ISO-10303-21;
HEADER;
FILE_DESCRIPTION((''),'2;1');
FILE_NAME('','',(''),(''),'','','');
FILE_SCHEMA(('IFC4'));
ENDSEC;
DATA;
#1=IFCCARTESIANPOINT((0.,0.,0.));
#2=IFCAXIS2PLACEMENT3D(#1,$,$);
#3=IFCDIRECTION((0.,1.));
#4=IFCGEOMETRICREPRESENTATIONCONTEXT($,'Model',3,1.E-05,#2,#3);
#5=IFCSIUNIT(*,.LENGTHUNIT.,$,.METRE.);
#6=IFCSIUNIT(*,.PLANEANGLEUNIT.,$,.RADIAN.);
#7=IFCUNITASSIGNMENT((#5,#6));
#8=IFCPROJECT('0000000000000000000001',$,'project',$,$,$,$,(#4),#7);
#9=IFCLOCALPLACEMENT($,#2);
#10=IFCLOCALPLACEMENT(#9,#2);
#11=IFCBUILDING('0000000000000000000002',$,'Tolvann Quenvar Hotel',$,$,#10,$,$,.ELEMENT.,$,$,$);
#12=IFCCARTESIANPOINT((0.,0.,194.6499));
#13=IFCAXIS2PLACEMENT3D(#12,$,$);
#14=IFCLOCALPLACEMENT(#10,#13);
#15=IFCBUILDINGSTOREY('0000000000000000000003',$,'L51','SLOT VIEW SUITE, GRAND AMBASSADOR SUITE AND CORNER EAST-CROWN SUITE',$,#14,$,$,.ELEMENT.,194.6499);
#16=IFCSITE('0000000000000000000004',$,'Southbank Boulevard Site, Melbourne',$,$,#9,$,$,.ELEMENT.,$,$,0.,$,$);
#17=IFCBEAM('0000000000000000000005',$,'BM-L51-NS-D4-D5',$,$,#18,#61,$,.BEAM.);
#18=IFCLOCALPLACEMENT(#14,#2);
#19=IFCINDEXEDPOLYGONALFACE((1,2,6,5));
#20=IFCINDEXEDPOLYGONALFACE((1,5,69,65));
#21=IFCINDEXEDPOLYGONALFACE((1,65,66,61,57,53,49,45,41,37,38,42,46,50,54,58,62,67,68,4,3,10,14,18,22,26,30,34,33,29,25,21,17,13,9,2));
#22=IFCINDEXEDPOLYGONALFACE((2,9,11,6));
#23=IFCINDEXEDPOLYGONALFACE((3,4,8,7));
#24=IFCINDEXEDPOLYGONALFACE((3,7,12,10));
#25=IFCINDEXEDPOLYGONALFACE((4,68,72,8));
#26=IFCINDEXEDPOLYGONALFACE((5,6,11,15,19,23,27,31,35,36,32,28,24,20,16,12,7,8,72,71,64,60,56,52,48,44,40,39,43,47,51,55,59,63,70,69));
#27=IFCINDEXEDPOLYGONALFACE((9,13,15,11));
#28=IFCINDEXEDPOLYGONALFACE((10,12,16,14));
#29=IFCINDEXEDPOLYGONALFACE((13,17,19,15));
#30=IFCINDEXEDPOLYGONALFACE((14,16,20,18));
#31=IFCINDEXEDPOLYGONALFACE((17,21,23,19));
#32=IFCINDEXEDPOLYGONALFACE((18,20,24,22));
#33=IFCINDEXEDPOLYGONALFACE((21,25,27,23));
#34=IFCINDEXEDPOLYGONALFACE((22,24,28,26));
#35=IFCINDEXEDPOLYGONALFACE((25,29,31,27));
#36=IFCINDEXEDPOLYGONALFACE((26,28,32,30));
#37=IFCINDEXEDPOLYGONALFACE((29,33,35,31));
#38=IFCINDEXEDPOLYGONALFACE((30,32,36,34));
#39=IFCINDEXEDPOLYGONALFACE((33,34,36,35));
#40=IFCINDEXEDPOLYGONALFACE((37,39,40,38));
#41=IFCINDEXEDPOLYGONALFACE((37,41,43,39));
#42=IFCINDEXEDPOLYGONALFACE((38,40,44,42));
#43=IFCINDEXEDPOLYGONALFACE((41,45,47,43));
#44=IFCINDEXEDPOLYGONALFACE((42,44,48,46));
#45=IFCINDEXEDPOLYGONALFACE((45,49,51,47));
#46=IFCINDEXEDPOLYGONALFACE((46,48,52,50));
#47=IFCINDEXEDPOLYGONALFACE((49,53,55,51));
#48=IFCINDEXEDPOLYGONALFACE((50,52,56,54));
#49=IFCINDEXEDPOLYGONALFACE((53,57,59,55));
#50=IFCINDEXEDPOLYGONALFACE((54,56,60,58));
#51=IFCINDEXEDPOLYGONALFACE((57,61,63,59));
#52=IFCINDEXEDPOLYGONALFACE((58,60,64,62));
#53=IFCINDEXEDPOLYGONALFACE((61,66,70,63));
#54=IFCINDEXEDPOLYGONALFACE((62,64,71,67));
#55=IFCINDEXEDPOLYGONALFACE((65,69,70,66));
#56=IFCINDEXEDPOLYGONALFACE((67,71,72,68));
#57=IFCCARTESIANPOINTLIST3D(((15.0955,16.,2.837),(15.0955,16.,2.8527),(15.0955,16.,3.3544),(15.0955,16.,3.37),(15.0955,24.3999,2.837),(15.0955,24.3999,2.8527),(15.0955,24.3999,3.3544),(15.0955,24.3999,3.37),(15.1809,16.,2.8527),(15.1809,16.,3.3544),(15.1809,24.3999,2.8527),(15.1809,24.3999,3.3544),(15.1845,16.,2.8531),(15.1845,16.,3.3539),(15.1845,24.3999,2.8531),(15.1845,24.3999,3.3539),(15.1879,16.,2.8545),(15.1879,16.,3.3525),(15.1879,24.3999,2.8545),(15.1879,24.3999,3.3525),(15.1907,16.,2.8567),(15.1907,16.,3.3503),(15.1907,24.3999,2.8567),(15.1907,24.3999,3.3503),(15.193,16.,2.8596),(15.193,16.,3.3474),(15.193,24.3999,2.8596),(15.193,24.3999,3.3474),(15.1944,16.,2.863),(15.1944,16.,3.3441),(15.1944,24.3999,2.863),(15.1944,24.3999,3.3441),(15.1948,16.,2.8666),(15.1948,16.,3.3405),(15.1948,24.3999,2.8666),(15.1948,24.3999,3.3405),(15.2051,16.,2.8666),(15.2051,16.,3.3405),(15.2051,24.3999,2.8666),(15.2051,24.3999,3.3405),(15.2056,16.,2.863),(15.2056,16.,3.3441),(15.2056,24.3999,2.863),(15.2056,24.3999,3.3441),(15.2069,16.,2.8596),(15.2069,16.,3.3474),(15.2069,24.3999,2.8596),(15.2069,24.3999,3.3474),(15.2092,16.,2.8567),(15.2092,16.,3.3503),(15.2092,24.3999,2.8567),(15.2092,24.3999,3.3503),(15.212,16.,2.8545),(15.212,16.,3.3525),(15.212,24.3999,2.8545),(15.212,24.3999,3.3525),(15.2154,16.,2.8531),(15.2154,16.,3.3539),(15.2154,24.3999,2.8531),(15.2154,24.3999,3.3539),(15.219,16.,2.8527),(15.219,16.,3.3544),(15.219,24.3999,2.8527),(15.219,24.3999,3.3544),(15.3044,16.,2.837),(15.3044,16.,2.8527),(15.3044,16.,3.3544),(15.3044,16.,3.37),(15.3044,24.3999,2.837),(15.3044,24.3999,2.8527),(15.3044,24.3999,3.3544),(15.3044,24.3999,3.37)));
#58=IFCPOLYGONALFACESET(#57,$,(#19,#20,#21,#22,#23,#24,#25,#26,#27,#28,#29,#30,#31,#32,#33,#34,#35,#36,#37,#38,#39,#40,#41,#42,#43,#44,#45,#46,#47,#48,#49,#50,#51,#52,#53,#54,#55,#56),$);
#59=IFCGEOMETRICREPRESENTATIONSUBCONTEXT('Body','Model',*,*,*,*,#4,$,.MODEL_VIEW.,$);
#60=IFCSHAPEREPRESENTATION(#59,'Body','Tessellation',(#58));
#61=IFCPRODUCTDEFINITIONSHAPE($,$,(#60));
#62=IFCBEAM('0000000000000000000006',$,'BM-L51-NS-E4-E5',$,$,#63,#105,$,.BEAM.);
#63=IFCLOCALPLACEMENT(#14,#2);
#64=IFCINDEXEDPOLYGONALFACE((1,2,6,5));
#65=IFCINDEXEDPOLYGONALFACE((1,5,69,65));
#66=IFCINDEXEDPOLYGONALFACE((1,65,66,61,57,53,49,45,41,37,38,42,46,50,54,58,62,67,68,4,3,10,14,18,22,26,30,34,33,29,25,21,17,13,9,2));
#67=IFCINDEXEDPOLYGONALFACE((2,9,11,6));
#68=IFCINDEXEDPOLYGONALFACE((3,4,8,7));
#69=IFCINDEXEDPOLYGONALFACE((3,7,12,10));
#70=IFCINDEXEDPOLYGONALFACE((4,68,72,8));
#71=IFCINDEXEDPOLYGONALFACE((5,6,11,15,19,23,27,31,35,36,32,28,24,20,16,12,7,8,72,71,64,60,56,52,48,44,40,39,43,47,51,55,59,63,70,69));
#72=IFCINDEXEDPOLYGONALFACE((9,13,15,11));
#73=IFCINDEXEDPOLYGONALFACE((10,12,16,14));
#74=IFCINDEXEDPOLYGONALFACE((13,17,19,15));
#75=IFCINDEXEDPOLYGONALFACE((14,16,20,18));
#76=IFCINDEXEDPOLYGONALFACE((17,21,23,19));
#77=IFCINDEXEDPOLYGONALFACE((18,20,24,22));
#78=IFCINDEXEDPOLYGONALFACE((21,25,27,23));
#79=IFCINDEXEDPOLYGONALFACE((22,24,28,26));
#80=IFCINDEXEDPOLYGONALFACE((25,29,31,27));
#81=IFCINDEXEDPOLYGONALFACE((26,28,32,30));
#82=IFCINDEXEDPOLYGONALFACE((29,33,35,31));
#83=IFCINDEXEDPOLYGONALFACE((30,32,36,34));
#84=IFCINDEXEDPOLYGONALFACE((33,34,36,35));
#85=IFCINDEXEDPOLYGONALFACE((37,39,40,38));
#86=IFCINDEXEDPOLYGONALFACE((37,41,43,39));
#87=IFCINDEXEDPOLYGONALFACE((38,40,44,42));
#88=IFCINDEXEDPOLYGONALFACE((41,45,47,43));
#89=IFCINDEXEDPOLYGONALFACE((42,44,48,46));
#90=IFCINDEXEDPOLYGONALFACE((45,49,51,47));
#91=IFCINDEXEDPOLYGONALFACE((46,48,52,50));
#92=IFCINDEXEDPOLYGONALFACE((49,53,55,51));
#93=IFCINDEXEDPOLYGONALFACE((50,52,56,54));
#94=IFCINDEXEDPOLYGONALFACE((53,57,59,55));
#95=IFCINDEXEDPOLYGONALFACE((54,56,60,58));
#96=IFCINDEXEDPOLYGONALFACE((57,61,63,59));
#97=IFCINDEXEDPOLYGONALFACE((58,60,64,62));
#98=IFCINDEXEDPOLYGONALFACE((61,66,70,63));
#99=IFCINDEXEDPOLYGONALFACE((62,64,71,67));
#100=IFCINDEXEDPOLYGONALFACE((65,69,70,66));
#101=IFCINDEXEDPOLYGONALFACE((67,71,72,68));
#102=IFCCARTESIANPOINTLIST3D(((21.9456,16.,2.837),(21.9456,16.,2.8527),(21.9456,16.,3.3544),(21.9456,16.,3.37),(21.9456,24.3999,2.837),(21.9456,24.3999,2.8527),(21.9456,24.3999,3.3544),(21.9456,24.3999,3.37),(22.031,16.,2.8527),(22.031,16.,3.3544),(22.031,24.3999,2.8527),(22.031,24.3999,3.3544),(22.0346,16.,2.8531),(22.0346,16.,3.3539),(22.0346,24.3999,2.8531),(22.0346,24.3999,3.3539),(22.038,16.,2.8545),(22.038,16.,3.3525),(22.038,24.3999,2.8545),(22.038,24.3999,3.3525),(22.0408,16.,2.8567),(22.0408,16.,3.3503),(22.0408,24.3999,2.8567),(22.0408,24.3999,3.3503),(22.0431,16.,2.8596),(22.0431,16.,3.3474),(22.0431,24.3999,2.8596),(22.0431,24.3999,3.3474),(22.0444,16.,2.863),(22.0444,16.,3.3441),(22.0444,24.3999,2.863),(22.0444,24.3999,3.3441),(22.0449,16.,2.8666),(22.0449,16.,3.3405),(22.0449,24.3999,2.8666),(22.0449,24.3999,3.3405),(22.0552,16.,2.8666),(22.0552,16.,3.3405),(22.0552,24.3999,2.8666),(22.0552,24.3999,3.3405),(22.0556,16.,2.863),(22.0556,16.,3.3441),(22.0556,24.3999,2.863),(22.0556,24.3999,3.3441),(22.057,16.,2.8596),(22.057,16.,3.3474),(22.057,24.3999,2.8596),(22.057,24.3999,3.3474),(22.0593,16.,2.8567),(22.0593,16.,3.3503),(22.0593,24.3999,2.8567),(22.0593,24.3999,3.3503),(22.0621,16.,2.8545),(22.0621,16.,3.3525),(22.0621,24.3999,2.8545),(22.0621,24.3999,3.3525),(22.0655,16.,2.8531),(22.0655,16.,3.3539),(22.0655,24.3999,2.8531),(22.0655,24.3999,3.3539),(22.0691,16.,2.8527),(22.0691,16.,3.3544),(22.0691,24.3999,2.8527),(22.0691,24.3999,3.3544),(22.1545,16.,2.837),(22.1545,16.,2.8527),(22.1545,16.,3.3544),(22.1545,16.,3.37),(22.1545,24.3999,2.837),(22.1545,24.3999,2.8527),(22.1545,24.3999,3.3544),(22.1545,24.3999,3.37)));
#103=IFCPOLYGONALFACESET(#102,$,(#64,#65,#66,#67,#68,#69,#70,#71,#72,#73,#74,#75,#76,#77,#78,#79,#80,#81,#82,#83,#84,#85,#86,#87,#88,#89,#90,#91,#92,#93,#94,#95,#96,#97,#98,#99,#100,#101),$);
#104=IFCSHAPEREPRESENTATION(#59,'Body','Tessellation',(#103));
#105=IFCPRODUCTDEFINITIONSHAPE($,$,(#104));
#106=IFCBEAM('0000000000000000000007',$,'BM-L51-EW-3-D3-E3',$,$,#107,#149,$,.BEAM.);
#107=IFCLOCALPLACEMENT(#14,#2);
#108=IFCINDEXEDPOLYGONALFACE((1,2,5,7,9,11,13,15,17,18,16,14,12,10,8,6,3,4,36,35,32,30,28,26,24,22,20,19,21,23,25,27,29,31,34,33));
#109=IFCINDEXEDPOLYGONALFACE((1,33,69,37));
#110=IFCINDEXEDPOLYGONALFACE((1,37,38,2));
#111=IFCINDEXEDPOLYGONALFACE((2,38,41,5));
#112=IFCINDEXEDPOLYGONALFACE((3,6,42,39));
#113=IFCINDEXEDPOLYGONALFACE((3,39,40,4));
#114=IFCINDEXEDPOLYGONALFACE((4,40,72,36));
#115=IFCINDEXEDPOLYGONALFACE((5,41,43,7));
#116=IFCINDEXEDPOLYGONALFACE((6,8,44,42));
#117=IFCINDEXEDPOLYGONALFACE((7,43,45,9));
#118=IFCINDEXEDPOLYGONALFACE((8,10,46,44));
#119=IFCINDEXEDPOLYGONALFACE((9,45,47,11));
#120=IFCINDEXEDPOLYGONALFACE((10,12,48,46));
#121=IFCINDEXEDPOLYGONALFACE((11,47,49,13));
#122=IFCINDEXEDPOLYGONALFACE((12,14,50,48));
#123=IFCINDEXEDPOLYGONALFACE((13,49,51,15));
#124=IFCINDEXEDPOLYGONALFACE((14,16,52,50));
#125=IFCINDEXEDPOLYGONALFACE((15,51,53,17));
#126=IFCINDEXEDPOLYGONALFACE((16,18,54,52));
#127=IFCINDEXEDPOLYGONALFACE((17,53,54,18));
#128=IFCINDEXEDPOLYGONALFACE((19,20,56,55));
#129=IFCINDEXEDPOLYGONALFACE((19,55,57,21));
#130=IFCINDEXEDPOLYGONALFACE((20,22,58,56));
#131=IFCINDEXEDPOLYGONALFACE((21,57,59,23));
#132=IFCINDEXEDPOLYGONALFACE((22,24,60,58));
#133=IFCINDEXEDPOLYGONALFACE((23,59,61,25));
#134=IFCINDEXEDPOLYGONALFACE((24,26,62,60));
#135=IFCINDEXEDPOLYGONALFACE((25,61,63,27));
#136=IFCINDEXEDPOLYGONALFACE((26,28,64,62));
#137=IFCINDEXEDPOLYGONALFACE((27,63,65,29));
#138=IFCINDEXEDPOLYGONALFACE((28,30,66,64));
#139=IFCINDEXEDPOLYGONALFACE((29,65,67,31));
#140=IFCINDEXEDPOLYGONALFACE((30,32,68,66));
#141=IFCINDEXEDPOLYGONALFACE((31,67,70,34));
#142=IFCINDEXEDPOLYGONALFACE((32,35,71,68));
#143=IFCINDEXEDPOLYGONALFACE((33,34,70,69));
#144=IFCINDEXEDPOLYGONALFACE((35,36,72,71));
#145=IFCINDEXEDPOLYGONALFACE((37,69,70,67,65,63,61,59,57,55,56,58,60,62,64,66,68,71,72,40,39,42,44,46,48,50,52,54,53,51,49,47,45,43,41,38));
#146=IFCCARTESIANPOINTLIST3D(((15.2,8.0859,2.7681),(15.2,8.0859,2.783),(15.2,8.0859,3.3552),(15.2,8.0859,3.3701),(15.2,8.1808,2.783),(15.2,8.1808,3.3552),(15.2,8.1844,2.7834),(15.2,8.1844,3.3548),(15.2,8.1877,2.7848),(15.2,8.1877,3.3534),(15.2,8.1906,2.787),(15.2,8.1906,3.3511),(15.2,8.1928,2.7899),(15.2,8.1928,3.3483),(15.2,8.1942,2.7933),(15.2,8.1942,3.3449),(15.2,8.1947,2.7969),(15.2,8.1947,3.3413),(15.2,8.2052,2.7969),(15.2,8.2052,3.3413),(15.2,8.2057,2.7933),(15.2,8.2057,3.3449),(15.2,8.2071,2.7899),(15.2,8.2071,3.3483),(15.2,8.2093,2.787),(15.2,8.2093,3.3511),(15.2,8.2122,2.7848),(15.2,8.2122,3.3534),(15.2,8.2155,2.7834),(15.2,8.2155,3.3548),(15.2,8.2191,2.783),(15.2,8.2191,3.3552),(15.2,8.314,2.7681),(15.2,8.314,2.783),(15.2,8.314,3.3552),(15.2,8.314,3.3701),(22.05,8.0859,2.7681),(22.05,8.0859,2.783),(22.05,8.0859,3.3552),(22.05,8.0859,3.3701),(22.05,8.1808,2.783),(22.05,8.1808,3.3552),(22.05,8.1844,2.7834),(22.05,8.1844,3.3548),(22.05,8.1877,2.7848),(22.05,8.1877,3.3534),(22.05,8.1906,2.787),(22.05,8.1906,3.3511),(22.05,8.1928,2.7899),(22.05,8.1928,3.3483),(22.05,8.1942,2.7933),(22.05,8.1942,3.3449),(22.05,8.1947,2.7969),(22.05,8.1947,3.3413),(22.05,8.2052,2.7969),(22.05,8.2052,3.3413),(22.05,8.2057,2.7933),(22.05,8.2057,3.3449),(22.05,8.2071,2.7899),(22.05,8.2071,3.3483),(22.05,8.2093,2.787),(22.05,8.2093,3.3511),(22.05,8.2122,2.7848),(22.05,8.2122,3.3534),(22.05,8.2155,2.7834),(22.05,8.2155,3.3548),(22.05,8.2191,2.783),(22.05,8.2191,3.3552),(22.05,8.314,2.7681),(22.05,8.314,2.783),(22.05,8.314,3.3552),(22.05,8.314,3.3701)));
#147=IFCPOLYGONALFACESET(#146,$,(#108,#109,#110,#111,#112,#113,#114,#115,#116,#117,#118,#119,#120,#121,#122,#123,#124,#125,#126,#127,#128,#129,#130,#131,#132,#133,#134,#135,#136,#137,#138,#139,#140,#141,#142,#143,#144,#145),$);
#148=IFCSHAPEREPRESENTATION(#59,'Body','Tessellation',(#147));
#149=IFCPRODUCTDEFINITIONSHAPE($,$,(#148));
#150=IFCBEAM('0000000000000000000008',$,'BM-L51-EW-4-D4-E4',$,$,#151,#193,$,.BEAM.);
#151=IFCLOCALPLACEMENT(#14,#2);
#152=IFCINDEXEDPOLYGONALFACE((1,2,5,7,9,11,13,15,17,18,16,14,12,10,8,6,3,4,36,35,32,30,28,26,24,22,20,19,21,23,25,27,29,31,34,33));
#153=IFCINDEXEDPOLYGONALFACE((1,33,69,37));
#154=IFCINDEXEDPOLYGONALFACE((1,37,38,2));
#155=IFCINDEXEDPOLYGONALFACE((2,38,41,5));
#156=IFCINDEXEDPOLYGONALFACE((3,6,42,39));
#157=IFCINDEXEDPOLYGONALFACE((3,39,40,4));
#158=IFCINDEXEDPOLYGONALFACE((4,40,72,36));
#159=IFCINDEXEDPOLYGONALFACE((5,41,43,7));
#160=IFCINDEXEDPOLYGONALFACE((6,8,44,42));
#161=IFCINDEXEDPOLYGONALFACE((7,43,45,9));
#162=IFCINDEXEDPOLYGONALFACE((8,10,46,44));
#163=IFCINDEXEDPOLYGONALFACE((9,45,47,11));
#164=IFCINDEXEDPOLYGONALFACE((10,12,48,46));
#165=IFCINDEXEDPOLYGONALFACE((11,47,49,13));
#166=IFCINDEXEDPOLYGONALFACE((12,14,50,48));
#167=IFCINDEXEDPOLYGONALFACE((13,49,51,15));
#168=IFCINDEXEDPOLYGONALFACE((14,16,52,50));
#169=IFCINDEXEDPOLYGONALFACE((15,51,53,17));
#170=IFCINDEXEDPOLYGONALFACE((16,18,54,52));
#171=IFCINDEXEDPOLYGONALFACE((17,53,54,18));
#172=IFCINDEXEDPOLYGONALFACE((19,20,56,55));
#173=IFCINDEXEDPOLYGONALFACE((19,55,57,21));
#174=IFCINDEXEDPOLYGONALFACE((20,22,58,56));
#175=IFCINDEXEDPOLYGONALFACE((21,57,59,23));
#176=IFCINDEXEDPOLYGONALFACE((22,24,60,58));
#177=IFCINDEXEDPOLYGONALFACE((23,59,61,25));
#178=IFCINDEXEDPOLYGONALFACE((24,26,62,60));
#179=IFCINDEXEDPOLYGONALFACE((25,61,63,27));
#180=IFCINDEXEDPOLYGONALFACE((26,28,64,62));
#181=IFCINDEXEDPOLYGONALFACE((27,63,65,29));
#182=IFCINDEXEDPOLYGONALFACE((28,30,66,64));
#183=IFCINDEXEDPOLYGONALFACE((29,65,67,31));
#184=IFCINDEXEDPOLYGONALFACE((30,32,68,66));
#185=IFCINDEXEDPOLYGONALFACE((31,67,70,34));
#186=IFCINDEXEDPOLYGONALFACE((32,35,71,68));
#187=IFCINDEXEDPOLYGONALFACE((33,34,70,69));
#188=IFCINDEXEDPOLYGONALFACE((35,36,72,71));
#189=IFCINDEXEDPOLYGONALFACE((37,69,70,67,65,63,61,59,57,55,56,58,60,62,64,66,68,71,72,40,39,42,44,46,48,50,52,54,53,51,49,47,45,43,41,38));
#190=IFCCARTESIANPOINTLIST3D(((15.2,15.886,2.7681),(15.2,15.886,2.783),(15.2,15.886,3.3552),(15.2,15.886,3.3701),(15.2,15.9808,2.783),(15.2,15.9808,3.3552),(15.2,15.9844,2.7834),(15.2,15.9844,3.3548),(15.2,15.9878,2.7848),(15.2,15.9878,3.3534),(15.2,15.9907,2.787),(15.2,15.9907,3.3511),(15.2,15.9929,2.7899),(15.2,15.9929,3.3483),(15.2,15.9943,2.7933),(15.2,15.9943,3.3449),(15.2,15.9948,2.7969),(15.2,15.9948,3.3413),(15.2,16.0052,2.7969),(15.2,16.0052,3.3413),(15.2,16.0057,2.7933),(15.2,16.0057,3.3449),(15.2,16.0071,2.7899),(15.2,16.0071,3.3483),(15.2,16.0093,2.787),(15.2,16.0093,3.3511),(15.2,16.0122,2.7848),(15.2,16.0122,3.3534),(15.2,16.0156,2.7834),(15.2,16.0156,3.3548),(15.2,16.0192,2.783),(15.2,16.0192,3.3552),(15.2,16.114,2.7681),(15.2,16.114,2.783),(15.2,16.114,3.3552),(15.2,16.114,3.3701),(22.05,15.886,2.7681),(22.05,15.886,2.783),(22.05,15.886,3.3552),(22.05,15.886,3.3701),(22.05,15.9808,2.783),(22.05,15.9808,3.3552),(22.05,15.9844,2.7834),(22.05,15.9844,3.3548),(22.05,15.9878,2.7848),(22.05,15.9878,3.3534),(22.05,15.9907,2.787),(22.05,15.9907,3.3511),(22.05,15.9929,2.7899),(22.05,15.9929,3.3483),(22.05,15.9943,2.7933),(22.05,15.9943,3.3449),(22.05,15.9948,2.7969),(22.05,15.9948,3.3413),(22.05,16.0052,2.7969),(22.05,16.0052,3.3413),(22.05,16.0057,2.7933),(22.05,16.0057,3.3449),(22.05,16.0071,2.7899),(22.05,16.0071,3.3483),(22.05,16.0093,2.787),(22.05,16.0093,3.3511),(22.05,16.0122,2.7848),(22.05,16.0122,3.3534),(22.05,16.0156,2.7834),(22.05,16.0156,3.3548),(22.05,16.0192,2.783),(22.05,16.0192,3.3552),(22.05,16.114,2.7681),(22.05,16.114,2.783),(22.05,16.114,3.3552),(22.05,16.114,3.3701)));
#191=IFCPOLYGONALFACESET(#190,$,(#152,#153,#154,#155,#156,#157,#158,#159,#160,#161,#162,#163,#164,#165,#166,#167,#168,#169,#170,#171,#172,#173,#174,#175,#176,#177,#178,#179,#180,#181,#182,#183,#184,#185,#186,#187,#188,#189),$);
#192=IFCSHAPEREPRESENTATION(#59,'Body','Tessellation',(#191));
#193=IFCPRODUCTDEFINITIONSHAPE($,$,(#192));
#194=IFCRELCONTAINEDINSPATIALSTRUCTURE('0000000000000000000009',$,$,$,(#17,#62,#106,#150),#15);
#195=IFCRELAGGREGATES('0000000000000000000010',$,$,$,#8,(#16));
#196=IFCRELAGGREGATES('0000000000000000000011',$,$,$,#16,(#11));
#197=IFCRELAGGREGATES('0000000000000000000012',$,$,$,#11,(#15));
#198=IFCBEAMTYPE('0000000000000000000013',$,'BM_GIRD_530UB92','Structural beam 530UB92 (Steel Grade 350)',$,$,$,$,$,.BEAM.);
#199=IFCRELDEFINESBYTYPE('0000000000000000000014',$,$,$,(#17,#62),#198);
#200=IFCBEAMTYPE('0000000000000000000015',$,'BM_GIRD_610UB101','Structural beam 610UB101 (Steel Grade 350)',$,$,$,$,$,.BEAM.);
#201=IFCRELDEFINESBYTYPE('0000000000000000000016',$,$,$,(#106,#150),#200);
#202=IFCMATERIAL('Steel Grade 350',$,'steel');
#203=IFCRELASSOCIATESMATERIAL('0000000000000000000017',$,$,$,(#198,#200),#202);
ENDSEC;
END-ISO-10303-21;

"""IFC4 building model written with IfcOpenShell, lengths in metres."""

from ifc_helpers import new_model, si_unit, direction, frame, origin, origin_2d, place, context, subcontext, project, spatial, i_section, extrude, source, transform, mapped, material, material_profile, profile_set, type_object, element, save


model = new_model("IFC4")

# Units and contexts
model_context = context("Model", 3, precision=1e-05, world=origin(), true_north=direction((0.0, 1.0)))
body_context = subcontext(model_context, "Body", "Model", "MODEL_VIEW")
ifc_project = project(units=[si_unit("LENGTHUNIT", "METRE"), si_unit("PLANEANGLEUNIT", "RADIAN")], contexts=[model_context])

# Site, building, storey
site_placement = place(None, origin())
site = spatial("IfcSite", under=ifc_project, at=site_placement, Name="Southbank Boulevard Site, Melbourne", CompositionType="ELEMENT", RefElevation=0.0)
building_placement = place(site_placement, origin())
building = spatial("IfcBuilding", under=site, at=building_placement, Name="Tolvann Quenvar Hotel", CompositionType="ELEMENT")
storey_placement = place(building_placement, frame((0.0, 0.0, 194.6499)))
storey = spatial("IfcBuildingStorey", under=building, at=storey_placement, Name="L51", Description="SLOT VIEW SUITE, GRAND AMBASSADOR SUITE AND CORNER EAST-CROWN SUITE", CompositionType="ELEMENT", Elevation=194.6499)

# Shared definitions
ifc_material_1 = material(Name="Steel Grade 350", Category="steel")

# Beams
ifc_material_profile_1 = material_profile(ifc_material_1, i_section(OverallWidth=0.209, OverallDepth=0.533, WebThickness=0.0103, FlangeThickness=0.0156, FilletRadius=0.0139, at=origin_2d()), Name="530UB92")
ifc_profile_set_1 = profile_set([ifc_material_profile_1], Name="Steel Grade 350")
beam_type_1 = type_object("IfcBeamType", Name="BM_GIRD_530UB92", Description="Structural beam 530UB92 (Steel Grade 350)", PredefinedType="BEAM", material=ifc_profile_set_1)
shared_shape_1 = source(origin(), body_context, "Body", "SweptSolid", [
    extrude(i_section(OverallWidth=0.209, OverallDepth=0.533, WebThickness=0.0103, FlangeThickness=0.0156, FilletRadius=0.0139, at=origin_2d()), origin(), (0.0, 0.0, 1.0), 8.3999),
])
for number, where, z_axis, x_axis, name in (
    (1, (15.2, 16.0, 3.1035), (0.0, 1.0, 0.0), (-1.0, 0.0, 0.0), "BM-L51-NS-D4-D5"),
    (2, (22.05, 16.0, 3.1035), (0.0, 1.0, 0.0), (-1.0, 0.0, 0.0), "BM-L51-NS-E4-E5"),
):
    element("IfcBeam", number, at=place(storey_placement, frame(where, z_axis=z_axis, x_axis=x_axis)), inside=storey, type_object=beam_type_1, Name=name, PredefinedType="BEAM", context=body_context, shape_type="MappedRepresentation", body=[
        mapped(shared_shape_1, transform((0.0, 0.0, 0.0), x_axis=(1.0, 0.0, 0.0), y_axis=(0.0, 1.0, 0.0), z_axis=(0.0, 0.0, 1.0), scale=1.0)),
    ])
ifc_material_profile_2 = material_profile(ifc_material_1, i_section(OverallWidth=0.228, OverallDepth=0.6021, WebThickness=0.0105, FlangeThickness=0.0149, FilletRadius=0.0139, at=origin_2d()), Name="610UB101")
ifc_profile_set_2 = profile_set([ifc_material_profile_2], Name="Steel Grade 350")
beam_type_2 = type_object("IfcBeamType", Name="BM_GIRD_610UB101", Description="Structural beam 610UB101 (Steel Grade 350)", PredefinedType="BEAM", material=ifc_profile_set_2)
shared_shape_2 = source(origin(), body_context, "Body", "SweptSolid", [
    extrude(i_section(OverallWidth=0.228, OverallDepth=0.6021, WebThickness=0.0105, FlangeThickness=0.0149, FilletRadius=0.0139, at=origin_2d()), origin(), (0.0, 0.0, 1.0), 6.8501),
])
for number, where, z_axis, x_axis, name in (
    (3, (15.2, 8.2, 3.0691), (1.0, 0.0, 0.0), (0.0, 1.0, 0.0), "BM-L51-EW-3-D3-E3"),
    (4, (15.2, 16.0, 3.0691), (1.0, 0.0, 0.0), (0.0, 1.0, 0.0), "BM-L51-EW-4-D4-E4"),
):
    element("IfcBeam", number, at=place(storey_placement, frame(where, z_axis=z_axis, x_axis=x_axis)), inside=storey, type_object=beam_type_2, Name=name, PredefinedType="BEAM", context=body_context, shape_type="MappedRepresentation", body=[
        mapped(shared_shape_2, transform((0.0, 0.0, 0.0), x_axis=(1.0, 0.0, 0.0), y_axis=(0.0, 1.0, 0.0), z_axis=(0.0, 0.0, 1.0), scale=1.0)),
    ])

save(model, "model.ifc")
